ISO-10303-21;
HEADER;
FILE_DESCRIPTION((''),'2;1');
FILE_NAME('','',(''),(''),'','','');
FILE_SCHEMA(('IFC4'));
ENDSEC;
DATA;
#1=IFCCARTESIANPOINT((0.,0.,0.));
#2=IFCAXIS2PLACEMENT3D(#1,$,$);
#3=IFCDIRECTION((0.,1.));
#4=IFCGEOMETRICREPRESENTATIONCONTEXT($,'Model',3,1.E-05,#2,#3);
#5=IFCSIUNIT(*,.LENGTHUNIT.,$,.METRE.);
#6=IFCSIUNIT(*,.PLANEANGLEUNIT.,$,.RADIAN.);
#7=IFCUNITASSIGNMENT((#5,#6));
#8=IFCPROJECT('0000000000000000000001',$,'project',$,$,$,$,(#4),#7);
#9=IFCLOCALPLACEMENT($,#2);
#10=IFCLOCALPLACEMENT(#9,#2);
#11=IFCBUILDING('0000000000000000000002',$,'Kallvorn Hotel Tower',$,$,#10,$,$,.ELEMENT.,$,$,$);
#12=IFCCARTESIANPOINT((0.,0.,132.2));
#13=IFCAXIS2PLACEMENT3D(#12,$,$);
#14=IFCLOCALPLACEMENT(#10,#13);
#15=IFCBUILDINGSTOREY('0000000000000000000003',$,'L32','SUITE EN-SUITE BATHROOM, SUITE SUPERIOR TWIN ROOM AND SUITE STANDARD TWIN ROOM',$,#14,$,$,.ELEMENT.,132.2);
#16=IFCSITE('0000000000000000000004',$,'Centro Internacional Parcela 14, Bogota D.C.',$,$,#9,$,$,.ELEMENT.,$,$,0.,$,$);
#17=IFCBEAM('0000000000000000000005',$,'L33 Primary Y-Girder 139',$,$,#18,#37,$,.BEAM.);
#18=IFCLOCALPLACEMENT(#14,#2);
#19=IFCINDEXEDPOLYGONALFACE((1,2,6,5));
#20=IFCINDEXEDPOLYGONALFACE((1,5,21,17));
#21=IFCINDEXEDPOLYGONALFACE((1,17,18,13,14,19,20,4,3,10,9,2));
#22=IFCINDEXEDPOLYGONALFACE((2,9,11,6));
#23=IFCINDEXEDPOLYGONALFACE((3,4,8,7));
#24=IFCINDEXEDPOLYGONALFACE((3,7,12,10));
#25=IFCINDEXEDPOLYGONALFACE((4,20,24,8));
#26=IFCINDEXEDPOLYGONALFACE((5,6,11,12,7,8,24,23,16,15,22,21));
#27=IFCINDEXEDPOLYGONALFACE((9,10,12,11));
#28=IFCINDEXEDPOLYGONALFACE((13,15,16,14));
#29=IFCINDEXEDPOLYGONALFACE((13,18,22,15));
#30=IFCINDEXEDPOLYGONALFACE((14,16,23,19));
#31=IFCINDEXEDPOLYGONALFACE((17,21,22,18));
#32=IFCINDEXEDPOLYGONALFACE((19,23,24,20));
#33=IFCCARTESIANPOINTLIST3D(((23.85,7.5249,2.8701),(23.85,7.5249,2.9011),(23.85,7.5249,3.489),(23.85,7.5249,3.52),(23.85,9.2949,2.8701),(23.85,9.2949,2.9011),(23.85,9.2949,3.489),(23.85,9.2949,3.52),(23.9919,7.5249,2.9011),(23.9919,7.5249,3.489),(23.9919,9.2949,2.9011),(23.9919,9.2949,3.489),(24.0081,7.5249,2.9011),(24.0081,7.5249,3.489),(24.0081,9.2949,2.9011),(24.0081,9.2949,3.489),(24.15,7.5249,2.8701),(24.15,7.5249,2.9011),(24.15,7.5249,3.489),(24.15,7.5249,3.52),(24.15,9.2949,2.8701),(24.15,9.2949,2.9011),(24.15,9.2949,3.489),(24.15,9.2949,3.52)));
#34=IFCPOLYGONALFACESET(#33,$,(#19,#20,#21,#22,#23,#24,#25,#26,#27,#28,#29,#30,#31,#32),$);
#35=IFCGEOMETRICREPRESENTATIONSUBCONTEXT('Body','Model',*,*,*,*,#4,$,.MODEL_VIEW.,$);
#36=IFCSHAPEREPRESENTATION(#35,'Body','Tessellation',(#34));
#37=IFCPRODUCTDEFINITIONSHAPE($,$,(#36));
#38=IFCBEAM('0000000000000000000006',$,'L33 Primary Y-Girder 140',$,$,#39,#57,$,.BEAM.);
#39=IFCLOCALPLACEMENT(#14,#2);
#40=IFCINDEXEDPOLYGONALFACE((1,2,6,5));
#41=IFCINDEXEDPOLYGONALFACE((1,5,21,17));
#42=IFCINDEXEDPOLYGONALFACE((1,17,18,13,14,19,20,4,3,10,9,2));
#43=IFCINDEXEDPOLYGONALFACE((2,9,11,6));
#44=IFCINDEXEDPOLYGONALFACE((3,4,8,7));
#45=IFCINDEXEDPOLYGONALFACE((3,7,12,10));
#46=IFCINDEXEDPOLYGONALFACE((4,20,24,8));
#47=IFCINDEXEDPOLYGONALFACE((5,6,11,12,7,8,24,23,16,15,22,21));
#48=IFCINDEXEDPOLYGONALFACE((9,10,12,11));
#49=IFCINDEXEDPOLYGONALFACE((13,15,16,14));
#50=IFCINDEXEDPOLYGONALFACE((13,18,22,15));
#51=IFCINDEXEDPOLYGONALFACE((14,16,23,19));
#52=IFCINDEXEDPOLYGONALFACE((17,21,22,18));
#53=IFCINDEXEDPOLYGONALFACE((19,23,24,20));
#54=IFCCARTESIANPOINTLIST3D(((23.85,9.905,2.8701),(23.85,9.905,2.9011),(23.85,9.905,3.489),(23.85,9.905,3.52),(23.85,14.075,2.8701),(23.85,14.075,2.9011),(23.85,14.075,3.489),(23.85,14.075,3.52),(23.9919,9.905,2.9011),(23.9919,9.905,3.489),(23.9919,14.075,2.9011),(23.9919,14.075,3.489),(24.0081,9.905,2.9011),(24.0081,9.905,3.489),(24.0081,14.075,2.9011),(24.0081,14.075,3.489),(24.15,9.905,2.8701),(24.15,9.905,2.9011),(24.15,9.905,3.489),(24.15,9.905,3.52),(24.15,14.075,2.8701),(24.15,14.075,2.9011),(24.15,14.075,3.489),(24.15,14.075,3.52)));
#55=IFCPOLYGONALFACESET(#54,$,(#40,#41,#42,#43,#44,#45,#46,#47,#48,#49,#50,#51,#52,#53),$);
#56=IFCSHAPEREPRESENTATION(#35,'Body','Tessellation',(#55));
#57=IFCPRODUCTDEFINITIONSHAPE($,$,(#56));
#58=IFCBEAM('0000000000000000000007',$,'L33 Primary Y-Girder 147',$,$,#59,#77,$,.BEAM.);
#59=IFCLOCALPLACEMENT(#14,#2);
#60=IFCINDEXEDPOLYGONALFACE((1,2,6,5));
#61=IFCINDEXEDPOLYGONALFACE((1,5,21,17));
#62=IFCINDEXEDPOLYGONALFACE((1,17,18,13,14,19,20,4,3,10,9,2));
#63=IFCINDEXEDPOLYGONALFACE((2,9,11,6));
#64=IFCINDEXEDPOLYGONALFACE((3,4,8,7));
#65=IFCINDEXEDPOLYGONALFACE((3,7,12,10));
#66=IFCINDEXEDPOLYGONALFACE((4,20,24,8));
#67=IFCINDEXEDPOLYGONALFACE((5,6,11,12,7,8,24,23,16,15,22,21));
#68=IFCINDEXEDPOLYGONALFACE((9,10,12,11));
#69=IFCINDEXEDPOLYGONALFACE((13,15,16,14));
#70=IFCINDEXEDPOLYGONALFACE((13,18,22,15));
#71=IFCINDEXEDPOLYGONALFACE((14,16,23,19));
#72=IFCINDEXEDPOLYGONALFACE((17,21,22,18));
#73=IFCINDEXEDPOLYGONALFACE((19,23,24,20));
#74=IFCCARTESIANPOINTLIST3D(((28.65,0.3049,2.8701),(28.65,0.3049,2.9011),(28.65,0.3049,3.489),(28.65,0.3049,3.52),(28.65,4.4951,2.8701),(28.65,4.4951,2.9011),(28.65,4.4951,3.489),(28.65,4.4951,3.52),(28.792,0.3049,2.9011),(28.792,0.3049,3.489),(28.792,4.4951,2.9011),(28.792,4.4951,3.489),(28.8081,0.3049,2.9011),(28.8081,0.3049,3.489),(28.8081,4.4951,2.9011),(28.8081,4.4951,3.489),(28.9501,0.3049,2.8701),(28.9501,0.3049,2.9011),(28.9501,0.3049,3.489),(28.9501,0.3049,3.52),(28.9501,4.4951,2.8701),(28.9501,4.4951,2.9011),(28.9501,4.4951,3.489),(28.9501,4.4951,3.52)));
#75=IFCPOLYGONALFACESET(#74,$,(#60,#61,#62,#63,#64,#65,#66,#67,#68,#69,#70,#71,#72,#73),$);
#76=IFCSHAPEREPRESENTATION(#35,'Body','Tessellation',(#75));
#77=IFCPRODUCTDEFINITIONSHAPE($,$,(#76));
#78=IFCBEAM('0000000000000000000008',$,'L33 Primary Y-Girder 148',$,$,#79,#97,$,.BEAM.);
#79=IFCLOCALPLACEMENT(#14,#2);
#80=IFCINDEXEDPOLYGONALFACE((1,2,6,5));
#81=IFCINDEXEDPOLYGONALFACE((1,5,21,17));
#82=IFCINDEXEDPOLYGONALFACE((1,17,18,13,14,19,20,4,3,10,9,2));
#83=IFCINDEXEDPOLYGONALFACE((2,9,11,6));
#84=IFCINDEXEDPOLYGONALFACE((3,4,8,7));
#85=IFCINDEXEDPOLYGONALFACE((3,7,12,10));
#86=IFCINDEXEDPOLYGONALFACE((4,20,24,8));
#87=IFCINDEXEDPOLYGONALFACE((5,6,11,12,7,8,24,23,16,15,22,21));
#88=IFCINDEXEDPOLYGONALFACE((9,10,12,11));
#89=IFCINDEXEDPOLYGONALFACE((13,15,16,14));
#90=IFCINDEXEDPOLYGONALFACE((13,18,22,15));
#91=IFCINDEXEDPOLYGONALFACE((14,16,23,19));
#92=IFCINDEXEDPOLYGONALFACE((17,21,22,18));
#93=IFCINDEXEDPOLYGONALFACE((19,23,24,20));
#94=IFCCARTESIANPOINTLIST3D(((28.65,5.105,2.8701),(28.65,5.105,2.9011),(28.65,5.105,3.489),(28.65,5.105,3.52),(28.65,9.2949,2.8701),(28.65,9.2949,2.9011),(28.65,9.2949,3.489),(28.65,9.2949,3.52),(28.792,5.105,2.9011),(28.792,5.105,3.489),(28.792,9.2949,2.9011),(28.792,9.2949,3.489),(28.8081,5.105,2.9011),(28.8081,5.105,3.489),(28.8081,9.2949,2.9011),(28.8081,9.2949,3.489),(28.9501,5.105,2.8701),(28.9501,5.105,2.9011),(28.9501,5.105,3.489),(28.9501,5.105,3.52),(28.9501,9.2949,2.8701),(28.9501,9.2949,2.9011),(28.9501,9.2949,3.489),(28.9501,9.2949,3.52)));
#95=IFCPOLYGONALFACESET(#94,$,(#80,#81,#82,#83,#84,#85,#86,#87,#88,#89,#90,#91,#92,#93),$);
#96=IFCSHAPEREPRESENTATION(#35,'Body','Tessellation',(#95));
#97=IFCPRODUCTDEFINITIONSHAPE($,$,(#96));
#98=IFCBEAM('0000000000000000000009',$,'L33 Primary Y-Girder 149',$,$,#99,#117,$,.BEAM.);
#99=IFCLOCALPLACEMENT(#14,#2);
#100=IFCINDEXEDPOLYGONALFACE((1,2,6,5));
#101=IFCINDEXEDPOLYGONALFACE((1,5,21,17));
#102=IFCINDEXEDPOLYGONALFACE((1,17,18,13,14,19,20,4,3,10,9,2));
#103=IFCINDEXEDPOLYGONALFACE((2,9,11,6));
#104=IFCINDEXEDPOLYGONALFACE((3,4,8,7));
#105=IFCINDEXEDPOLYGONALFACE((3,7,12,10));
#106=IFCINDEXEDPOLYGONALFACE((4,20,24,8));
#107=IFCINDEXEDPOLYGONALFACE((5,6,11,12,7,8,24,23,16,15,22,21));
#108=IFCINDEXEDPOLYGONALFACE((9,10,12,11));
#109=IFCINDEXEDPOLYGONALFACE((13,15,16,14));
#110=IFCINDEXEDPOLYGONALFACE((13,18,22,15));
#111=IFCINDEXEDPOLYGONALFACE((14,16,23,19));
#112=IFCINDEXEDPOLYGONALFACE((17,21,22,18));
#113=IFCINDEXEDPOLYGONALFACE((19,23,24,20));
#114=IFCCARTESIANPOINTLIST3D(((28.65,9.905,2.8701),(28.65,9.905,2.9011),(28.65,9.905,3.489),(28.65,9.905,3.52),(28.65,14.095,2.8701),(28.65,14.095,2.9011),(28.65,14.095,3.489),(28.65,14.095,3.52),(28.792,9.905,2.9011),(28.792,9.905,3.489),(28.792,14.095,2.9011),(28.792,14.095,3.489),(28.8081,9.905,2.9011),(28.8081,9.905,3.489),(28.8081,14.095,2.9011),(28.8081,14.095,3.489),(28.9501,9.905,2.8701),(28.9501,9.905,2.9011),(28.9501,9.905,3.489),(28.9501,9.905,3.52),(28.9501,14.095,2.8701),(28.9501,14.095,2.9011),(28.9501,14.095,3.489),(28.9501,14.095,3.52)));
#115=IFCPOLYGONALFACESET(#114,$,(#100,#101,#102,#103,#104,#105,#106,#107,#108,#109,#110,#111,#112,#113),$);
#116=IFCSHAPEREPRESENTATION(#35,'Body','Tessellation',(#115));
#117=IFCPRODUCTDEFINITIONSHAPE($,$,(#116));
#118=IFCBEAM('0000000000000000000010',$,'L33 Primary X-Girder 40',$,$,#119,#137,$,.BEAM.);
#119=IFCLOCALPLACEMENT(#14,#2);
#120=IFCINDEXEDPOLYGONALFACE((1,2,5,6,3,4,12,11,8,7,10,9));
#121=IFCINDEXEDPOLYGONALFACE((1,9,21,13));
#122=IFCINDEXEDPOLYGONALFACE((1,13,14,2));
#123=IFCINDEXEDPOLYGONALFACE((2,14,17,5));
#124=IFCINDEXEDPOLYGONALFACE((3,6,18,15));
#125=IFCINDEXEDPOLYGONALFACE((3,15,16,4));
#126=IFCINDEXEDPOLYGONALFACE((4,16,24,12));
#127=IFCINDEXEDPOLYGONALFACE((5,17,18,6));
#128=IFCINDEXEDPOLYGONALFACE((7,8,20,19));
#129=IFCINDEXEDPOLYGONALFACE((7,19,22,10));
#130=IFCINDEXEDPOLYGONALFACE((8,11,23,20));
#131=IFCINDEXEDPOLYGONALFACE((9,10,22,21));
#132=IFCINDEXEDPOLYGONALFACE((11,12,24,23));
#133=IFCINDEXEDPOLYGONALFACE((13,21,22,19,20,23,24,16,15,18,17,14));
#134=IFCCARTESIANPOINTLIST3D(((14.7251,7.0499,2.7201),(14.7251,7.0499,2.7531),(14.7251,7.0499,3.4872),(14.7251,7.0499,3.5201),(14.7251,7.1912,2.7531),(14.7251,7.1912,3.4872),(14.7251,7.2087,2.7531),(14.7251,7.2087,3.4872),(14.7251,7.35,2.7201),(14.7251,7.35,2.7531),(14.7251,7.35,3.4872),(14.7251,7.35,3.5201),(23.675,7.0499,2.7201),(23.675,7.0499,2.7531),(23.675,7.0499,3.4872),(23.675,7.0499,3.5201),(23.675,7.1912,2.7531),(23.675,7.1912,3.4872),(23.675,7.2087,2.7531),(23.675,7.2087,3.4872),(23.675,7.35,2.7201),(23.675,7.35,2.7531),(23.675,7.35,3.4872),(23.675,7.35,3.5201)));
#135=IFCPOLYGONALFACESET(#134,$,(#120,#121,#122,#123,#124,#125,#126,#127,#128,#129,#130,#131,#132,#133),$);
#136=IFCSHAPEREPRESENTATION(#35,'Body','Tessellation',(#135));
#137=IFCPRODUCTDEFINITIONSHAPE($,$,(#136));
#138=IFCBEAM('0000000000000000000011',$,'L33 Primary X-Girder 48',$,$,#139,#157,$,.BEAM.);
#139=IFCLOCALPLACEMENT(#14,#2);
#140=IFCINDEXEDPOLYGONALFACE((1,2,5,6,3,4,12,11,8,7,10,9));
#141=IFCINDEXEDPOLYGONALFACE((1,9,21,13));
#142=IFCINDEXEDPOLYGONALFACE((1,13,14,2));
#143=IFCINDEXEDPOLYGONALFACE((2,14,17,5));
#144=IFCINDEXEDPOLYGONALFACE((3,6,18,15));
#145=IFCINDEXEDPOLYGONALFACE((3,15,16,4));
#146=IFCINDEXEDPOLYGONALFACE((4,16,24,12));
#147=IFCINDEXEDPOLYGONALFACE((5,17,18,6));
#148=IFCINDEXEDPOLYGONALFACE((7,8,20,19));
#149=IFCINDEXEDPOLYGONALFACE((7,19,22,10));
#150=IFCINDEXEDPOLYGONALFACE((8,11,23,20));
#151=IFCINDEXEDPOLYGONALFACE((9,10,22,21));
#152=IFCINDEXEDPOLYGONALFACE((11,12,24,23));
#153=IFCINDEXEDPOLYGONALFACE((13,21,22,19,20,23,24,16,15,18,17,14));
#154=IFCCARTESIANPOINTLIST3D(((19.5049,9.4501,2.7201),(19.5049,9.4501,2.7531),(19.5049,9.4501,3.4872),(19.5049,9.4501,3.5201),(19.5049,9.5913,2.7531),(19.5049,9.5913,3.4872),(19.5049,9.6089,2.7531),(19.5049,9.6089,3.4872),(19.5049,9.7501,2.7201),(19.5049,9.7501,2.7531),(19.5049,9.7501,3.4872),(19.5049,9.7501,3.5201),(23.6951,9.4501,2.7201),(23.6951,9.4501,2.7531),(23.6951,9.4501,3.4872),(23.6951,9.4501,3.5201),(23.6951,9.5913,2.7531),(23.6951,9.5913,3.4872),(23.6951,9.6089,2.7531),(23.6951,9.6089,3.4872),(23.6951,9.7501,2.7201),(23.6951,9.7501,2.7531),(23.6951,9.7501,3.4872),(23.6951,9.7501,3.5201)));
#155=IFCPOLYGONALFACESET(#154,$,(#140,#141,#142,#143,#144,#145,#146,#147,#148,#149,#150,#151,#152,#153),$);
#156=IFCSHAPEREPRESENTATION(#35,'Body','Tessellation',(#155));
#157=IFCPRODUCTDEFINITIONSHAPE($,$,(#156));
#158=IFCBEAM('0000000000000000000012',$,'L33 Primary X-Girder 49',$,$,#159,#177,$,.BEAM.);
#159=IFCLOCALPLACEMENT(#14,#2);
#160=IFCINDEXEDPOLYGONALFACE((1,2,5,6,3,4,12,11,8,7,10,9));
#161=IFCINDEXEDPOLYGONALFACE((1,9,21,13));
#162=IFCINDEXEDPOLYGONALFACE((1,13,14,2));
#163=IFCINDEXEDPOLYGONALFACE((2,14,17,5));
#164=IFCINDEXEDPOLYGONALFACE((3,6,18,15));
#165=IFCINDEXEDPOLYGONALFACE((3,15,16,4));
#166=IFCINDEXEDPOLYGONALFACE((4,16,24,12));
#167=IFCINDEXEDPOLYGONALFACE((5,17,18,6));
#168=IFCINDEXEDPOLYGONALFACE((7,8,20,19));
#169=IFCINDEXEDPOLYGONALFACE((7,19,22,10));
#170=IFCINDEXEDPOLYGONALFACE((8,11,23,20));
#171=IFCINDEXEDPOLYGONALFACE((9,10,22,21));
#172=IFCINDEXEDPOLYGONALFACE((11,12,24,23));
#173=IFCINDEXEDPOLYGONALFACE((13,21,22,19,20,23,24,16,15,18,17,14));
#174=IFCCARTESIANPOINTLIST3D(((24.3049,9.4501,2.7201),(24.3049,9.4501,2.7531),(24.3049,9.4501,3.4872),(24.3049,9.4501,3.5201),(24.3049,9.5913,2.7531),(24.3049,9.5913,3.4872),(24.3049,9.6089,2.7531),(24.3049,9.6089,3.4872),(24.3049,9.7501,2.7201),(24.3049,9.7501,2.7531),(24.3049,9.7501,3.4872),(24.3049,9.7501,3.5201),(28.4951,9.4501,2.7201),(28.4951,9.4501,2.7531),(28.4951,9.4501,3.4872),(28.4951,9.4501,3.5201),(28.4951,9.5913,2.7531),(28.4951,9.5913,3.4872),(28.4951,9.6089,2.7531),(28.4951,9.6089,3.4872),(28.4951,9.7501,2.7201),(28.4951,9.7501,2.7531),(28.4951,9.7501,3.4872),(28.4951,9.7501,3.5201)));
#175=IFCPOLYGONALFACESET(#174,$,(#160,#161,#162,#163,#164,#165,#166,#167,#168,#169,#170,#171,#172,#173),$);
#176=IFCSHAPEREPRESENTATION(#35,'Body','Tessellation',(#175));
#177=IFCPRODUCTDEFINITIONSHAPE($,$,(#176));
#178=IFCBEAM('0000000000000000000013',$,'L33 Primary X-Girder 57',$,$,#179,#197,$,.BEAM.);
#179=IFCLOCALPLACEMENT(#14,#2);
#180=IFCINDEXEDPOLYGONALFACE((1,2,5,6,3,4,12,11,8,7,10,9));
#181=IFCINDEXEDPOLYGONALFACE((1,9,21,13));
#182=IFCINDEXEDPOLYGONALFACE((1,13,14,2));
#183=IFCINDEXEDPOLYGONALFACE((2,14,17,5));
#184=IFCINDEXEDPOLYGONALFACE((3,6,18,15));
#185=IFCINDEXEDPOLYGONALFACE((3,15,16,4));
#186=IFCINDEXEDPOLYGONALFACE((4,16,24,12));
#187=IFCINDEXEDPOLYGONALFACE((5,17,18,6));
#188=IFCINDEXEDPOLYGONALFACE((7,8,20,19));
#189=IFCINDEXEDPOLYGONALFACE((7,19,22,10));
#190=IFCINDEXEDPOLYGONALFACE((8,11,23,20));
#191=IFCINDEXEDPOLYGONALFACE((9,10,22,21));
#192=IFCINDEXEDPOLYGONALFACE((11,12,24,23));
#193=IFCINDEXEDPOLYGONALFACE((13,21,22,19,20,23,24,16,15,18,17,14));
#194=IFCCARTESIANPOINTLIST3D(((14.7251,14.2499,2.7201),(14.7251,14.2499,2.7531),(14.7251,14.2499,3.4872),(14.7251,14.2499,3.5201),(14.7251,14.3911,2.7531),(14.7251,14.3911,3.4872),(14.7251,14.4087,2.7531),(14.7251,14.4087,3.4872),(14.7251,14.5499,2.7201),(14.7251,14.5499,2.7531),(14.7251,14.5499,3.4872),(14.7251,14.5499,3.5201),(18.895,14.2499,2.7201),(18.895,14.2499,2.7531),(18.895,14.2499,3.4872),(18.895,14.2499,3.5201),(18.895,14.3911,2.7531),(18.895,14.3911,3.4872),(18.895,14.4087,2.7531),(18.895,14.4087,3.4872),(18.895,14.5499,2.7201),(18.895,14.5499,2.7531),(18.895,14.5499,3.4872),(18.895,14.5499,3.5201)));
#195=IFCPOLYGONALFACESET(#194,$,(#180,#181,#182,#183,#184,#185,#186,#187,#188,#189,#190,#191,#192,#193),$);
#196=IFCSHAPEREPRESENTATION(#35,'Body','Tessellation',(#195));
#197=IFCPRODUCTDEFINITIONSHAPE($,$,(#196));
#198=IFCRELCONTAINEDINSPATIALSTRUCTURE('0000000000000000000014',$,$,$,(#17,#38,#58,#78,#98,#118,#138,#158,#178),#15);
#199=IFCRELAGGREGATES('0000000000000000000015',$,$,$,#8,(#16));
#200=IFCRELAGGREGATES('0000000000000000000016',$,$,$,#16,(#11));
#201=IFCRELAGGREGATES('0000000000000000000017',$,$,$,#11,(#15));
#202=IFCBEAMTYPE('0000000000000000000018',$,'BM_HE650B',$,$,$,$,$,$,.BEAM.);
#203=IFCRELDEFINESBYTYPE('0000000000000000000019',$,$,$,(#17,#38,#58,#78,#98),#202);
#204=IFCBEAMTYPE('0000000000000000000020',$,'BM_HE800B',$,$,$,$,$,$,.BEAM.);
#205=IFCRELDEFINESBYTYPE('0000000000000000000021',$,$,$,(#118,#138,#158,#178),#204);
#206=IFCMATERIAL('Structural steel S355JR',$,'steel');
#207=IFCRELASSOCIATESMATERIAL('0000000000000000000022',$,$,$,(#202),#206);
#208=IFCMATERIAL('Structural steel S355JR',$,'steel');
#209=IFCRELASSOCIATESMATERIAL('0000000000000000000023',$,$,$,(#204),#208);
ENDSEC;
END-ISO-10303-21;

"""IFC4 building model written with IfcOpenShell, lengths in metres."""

from ifc_helpers import new_model, si_unit, direction, frame, origin, origin_2d, place, context, subcontext, project, spatial, i_section, extrude, material, material_profile, profile_set, type_object, element, save


model = new_model("IFC4")

# Units and contexts
model_context = context("Model", 3, precision=1e-05, world=origin(), true_north=direction((0.0, 1.0)))
body_context = subcontext(model_context, "Body", "Model", "MODEL_VIEW")
ifc_project = project(units=[si_unit("LENGTHUNIT", "METRE"), si_unit("PLANEANGLEUNIT", "RADIAN")], contexts=[model_context])

# Site, building, storey
site_placement = place(None, origin())
site = spatial("IfcSite", under=ifc_project, at=site_placement, Name="Centro Internacional Parcela 14, Bogota D.C.", CompositionType="ELEMENT", RefElevation=0.0)
building_placement = place(site_placement, origin())
building = spatial("IfcBuilding", under=site, at=building_placement, Name="Kallvorn Hotel Tower", CompositionType="ELEMENT")
storey_placement = place(building_placement, frame((0.0, 0.0, 132.2)))
storey = spatial("IfcBuildingStorey", under=building, at=storey_placement, Name="L32", Description="SUITE EN-SUITE BATHROOM, SUITE SUPERIOR TWIN ROOM AND SUITE STANDARD TWIN ROOM", CompositionType="ELEMENT", Elevation=132.2)

# Beams
ifc_material_1 = material(Name="Structural steel S355JR", Category="steel")
ifc_material_profile_1 = material_profile(ifc_material_1, i_section(OverallWidth=0.3, OverallDepth=0.6499, WebThickness=0.0161, FlangeThickness=0.031, at=origin_2d()), Name="HE 650 B")
ifc_profile_set_1 = profile_set([ifc_material_profile_1], Name="Structural steel S355JR")
beam_type_1 = type_object("IfcBeamType", Name="BM_HE650B", PredefinedType="BEAM", material=ifc_profile_set_1)
beam_1_placement = place(storey_placement, frame((24.0, 7.5249, 3.1951), z_axis=(0.0, 1.0, 0.0), x_axis=(-1.0, 0.0, 0.0)))
element("IfcBeam", 1, at=beam_1_placement, inside=storey, type_object=beam_type_1, Name="L33 Primary Y-Girder 139", PredefinedType="BEAM", context=body_context, shape_type="SweptSolid", body=[
    extrude(i_section(OverallWidth=0.3, OverallDepth=0.6499, WebThickness=0.0161, FlangeThickness=0.031, at=origin_2d()), origin(), (0.0, 0.0, 1.0), 1.77),
])
beam_2_placement = place(storey_placement, frame((24.0, 9.905, 3.1951), z_axis=(0.0, 1.0, 0.0), x_axis=(-1.0, 0.0, 0.0)))
element("IfcBeam", 2, at=beam_2_placement, inside=storey, type_object=beam_type_1, Name="L33 Primary Y-Girder 140", PredefinedType="BEAM", context=body_context, shape_type="SweptSolid", body=[
    extrude(i_section(OverallWidth=0.3, OverallDepth=0.6499, WebThickness=0.0161, FlangeThickness=0.031, at=origin_2d()), origin(), (0.0, 0.0, 1.0), 4.1699),
])
beam_3_placement = place(storey_placement, frame((28.8, 0.3049, 3.1951), z_axis=(0.0, 1.0, 0.0), x_axis=(-1.0, 0.0, 0.0)))
element("IfcBeam", 3, at=beam_3_placement, inside=storey, type_object=beam_type_1, Name="L33 Primary Y-Girder 147", PredefinedType="BEAM", context=body_context, shape_type="SweptSolid", body=[
    extrude(i_section(OverallWidth=0.3, OverallDepth=0.6499, WebThickness=0.0161, FlangeThickness=0.031, at=origin_2d()), origin(), (0.0, 0.0, 1.0), 4.1902),
])
for number, where, z_axis, x_axis, name in (
    (4, (28.8, 5.105, 3.1951), (0.0, 1.0, 0.0), (-1.0, 0.0, 0.0), "L33 Primary Y-Girder 148"),
    (5, (28.8, 9.905, 3.1951), (0.0, 1.0, 0.0), (-1.0, 0.0, 0.0), "L33 Primary Y-Girder 149"),
):
    element("IfcBeam", number, at=place(storey_placement, frame(where, z_axis=z_axis, x_axis=x_axis)), inside=storey, type_object=beam_type_1, Name=name, PredefinedType="BEAM", context=body_context, shape_type="SweptSolid", body=[
        extrude(i_section(OverallWidth=0.3, OverallDepth=0.6499, WebThickness=0.0161, FlangeThickness=0.031, at=origin_2d()), origin(), (0.0, 0.0, 1.0), 4.1899),
    ])
ifc_material_2 = material(Name="Structural steel S355JR", Category="steel")
ifc_material_profile_2 = material_profile(ifc_material_2, i_section(OverallWidth=0.3, OverallDepth=0.8, WebThickness=0.0176, FlangeThickness=0.033, at=origin_2d()), Name="HE 800 B")
ifc_profile_set_2 = profile_set([ifc_material_profile_2], Name="Structural steel S355JR")
beam_type_2 = type_object("IfcBeamType", Name="BM_HE800B", PredefinedType="BEAM", material=ifc_profile_set_2)
beam_4_placement = place(storey_placement, frame((14.7251, 7.2, 3.1201), z_axis=(1.0, 0.0, 0.0), x_axis=(0.0, 1.0, 0.0)))
element("IfcBeam", 6, at=beam_4_placement, inside=storey, type_object=beam_type_2, Name="L33 Primary X-Girder 40", PredefinedType="BEAM", context=body_context, shape_type="SweptSolid", body=[
    extrude(i_section(OverallWidth=0.3, OverallDepth=0.8, WebThickness=0.0176, FlangeThickness=0.033, at=origin_2d()), origin(), (0.0, 0.0, 1.0), 8.95),
])
for number, where, z_axis, x_axis, name in (
    (7, (19.5049, 9.6001, 3.1201), (1.0, 0.0, 0.0), (0.0, 1.0, 0.0), "L33 Primary X-Girder 48"),
    (8, (24.3049, 9.6001, 3.1201), (1.0, 0.0, 0.0), (0.0, 1.0, 0.0), "L33 Primary X-Girder 49"),
):
    element("IfcBeam", number, at=place(storey_placement, frame(where, z_axis=z_axis, x_axis=x_axis)), inside=storey, type_object=beam_type_2, Name=name, PredefinedType="BEAM", context=body_context, shape_type="SweptSolid", body=[
        extrude(i_section(OverallWidth=0.3, OverallDepth=0.8, WebThickness=0.0176, FlangeThickness=0.033, at=origin_2d()), origin(), (0.0, 0.0, 1.0), 4.1902),
    ])
beam_5_placement = place(storey_placement, frame((14.7251, 14.3999, 3.1201), z_axis=(1.0, 0.0, 0.0), x_axis=(0.0, 1.0, 0.0)))
element("IfcBeam", 9, at=beam_5_placement, inside=storey, type_object=beam_type_2, Name="L33 Primary X-Girder 57", PredefinedType="BEAM", context=body_context, shape_type="SweptSolid", body=[
    extrude(i_section(OverallWidth=0.3, OverallDepth=0.8, WebThickness=0.0176, FlangeThickness=0.033, at=origin_2d()), origin(), (0.0, 0.0, 1.0), 4.1699),
])

save(model, "model.ifc")
